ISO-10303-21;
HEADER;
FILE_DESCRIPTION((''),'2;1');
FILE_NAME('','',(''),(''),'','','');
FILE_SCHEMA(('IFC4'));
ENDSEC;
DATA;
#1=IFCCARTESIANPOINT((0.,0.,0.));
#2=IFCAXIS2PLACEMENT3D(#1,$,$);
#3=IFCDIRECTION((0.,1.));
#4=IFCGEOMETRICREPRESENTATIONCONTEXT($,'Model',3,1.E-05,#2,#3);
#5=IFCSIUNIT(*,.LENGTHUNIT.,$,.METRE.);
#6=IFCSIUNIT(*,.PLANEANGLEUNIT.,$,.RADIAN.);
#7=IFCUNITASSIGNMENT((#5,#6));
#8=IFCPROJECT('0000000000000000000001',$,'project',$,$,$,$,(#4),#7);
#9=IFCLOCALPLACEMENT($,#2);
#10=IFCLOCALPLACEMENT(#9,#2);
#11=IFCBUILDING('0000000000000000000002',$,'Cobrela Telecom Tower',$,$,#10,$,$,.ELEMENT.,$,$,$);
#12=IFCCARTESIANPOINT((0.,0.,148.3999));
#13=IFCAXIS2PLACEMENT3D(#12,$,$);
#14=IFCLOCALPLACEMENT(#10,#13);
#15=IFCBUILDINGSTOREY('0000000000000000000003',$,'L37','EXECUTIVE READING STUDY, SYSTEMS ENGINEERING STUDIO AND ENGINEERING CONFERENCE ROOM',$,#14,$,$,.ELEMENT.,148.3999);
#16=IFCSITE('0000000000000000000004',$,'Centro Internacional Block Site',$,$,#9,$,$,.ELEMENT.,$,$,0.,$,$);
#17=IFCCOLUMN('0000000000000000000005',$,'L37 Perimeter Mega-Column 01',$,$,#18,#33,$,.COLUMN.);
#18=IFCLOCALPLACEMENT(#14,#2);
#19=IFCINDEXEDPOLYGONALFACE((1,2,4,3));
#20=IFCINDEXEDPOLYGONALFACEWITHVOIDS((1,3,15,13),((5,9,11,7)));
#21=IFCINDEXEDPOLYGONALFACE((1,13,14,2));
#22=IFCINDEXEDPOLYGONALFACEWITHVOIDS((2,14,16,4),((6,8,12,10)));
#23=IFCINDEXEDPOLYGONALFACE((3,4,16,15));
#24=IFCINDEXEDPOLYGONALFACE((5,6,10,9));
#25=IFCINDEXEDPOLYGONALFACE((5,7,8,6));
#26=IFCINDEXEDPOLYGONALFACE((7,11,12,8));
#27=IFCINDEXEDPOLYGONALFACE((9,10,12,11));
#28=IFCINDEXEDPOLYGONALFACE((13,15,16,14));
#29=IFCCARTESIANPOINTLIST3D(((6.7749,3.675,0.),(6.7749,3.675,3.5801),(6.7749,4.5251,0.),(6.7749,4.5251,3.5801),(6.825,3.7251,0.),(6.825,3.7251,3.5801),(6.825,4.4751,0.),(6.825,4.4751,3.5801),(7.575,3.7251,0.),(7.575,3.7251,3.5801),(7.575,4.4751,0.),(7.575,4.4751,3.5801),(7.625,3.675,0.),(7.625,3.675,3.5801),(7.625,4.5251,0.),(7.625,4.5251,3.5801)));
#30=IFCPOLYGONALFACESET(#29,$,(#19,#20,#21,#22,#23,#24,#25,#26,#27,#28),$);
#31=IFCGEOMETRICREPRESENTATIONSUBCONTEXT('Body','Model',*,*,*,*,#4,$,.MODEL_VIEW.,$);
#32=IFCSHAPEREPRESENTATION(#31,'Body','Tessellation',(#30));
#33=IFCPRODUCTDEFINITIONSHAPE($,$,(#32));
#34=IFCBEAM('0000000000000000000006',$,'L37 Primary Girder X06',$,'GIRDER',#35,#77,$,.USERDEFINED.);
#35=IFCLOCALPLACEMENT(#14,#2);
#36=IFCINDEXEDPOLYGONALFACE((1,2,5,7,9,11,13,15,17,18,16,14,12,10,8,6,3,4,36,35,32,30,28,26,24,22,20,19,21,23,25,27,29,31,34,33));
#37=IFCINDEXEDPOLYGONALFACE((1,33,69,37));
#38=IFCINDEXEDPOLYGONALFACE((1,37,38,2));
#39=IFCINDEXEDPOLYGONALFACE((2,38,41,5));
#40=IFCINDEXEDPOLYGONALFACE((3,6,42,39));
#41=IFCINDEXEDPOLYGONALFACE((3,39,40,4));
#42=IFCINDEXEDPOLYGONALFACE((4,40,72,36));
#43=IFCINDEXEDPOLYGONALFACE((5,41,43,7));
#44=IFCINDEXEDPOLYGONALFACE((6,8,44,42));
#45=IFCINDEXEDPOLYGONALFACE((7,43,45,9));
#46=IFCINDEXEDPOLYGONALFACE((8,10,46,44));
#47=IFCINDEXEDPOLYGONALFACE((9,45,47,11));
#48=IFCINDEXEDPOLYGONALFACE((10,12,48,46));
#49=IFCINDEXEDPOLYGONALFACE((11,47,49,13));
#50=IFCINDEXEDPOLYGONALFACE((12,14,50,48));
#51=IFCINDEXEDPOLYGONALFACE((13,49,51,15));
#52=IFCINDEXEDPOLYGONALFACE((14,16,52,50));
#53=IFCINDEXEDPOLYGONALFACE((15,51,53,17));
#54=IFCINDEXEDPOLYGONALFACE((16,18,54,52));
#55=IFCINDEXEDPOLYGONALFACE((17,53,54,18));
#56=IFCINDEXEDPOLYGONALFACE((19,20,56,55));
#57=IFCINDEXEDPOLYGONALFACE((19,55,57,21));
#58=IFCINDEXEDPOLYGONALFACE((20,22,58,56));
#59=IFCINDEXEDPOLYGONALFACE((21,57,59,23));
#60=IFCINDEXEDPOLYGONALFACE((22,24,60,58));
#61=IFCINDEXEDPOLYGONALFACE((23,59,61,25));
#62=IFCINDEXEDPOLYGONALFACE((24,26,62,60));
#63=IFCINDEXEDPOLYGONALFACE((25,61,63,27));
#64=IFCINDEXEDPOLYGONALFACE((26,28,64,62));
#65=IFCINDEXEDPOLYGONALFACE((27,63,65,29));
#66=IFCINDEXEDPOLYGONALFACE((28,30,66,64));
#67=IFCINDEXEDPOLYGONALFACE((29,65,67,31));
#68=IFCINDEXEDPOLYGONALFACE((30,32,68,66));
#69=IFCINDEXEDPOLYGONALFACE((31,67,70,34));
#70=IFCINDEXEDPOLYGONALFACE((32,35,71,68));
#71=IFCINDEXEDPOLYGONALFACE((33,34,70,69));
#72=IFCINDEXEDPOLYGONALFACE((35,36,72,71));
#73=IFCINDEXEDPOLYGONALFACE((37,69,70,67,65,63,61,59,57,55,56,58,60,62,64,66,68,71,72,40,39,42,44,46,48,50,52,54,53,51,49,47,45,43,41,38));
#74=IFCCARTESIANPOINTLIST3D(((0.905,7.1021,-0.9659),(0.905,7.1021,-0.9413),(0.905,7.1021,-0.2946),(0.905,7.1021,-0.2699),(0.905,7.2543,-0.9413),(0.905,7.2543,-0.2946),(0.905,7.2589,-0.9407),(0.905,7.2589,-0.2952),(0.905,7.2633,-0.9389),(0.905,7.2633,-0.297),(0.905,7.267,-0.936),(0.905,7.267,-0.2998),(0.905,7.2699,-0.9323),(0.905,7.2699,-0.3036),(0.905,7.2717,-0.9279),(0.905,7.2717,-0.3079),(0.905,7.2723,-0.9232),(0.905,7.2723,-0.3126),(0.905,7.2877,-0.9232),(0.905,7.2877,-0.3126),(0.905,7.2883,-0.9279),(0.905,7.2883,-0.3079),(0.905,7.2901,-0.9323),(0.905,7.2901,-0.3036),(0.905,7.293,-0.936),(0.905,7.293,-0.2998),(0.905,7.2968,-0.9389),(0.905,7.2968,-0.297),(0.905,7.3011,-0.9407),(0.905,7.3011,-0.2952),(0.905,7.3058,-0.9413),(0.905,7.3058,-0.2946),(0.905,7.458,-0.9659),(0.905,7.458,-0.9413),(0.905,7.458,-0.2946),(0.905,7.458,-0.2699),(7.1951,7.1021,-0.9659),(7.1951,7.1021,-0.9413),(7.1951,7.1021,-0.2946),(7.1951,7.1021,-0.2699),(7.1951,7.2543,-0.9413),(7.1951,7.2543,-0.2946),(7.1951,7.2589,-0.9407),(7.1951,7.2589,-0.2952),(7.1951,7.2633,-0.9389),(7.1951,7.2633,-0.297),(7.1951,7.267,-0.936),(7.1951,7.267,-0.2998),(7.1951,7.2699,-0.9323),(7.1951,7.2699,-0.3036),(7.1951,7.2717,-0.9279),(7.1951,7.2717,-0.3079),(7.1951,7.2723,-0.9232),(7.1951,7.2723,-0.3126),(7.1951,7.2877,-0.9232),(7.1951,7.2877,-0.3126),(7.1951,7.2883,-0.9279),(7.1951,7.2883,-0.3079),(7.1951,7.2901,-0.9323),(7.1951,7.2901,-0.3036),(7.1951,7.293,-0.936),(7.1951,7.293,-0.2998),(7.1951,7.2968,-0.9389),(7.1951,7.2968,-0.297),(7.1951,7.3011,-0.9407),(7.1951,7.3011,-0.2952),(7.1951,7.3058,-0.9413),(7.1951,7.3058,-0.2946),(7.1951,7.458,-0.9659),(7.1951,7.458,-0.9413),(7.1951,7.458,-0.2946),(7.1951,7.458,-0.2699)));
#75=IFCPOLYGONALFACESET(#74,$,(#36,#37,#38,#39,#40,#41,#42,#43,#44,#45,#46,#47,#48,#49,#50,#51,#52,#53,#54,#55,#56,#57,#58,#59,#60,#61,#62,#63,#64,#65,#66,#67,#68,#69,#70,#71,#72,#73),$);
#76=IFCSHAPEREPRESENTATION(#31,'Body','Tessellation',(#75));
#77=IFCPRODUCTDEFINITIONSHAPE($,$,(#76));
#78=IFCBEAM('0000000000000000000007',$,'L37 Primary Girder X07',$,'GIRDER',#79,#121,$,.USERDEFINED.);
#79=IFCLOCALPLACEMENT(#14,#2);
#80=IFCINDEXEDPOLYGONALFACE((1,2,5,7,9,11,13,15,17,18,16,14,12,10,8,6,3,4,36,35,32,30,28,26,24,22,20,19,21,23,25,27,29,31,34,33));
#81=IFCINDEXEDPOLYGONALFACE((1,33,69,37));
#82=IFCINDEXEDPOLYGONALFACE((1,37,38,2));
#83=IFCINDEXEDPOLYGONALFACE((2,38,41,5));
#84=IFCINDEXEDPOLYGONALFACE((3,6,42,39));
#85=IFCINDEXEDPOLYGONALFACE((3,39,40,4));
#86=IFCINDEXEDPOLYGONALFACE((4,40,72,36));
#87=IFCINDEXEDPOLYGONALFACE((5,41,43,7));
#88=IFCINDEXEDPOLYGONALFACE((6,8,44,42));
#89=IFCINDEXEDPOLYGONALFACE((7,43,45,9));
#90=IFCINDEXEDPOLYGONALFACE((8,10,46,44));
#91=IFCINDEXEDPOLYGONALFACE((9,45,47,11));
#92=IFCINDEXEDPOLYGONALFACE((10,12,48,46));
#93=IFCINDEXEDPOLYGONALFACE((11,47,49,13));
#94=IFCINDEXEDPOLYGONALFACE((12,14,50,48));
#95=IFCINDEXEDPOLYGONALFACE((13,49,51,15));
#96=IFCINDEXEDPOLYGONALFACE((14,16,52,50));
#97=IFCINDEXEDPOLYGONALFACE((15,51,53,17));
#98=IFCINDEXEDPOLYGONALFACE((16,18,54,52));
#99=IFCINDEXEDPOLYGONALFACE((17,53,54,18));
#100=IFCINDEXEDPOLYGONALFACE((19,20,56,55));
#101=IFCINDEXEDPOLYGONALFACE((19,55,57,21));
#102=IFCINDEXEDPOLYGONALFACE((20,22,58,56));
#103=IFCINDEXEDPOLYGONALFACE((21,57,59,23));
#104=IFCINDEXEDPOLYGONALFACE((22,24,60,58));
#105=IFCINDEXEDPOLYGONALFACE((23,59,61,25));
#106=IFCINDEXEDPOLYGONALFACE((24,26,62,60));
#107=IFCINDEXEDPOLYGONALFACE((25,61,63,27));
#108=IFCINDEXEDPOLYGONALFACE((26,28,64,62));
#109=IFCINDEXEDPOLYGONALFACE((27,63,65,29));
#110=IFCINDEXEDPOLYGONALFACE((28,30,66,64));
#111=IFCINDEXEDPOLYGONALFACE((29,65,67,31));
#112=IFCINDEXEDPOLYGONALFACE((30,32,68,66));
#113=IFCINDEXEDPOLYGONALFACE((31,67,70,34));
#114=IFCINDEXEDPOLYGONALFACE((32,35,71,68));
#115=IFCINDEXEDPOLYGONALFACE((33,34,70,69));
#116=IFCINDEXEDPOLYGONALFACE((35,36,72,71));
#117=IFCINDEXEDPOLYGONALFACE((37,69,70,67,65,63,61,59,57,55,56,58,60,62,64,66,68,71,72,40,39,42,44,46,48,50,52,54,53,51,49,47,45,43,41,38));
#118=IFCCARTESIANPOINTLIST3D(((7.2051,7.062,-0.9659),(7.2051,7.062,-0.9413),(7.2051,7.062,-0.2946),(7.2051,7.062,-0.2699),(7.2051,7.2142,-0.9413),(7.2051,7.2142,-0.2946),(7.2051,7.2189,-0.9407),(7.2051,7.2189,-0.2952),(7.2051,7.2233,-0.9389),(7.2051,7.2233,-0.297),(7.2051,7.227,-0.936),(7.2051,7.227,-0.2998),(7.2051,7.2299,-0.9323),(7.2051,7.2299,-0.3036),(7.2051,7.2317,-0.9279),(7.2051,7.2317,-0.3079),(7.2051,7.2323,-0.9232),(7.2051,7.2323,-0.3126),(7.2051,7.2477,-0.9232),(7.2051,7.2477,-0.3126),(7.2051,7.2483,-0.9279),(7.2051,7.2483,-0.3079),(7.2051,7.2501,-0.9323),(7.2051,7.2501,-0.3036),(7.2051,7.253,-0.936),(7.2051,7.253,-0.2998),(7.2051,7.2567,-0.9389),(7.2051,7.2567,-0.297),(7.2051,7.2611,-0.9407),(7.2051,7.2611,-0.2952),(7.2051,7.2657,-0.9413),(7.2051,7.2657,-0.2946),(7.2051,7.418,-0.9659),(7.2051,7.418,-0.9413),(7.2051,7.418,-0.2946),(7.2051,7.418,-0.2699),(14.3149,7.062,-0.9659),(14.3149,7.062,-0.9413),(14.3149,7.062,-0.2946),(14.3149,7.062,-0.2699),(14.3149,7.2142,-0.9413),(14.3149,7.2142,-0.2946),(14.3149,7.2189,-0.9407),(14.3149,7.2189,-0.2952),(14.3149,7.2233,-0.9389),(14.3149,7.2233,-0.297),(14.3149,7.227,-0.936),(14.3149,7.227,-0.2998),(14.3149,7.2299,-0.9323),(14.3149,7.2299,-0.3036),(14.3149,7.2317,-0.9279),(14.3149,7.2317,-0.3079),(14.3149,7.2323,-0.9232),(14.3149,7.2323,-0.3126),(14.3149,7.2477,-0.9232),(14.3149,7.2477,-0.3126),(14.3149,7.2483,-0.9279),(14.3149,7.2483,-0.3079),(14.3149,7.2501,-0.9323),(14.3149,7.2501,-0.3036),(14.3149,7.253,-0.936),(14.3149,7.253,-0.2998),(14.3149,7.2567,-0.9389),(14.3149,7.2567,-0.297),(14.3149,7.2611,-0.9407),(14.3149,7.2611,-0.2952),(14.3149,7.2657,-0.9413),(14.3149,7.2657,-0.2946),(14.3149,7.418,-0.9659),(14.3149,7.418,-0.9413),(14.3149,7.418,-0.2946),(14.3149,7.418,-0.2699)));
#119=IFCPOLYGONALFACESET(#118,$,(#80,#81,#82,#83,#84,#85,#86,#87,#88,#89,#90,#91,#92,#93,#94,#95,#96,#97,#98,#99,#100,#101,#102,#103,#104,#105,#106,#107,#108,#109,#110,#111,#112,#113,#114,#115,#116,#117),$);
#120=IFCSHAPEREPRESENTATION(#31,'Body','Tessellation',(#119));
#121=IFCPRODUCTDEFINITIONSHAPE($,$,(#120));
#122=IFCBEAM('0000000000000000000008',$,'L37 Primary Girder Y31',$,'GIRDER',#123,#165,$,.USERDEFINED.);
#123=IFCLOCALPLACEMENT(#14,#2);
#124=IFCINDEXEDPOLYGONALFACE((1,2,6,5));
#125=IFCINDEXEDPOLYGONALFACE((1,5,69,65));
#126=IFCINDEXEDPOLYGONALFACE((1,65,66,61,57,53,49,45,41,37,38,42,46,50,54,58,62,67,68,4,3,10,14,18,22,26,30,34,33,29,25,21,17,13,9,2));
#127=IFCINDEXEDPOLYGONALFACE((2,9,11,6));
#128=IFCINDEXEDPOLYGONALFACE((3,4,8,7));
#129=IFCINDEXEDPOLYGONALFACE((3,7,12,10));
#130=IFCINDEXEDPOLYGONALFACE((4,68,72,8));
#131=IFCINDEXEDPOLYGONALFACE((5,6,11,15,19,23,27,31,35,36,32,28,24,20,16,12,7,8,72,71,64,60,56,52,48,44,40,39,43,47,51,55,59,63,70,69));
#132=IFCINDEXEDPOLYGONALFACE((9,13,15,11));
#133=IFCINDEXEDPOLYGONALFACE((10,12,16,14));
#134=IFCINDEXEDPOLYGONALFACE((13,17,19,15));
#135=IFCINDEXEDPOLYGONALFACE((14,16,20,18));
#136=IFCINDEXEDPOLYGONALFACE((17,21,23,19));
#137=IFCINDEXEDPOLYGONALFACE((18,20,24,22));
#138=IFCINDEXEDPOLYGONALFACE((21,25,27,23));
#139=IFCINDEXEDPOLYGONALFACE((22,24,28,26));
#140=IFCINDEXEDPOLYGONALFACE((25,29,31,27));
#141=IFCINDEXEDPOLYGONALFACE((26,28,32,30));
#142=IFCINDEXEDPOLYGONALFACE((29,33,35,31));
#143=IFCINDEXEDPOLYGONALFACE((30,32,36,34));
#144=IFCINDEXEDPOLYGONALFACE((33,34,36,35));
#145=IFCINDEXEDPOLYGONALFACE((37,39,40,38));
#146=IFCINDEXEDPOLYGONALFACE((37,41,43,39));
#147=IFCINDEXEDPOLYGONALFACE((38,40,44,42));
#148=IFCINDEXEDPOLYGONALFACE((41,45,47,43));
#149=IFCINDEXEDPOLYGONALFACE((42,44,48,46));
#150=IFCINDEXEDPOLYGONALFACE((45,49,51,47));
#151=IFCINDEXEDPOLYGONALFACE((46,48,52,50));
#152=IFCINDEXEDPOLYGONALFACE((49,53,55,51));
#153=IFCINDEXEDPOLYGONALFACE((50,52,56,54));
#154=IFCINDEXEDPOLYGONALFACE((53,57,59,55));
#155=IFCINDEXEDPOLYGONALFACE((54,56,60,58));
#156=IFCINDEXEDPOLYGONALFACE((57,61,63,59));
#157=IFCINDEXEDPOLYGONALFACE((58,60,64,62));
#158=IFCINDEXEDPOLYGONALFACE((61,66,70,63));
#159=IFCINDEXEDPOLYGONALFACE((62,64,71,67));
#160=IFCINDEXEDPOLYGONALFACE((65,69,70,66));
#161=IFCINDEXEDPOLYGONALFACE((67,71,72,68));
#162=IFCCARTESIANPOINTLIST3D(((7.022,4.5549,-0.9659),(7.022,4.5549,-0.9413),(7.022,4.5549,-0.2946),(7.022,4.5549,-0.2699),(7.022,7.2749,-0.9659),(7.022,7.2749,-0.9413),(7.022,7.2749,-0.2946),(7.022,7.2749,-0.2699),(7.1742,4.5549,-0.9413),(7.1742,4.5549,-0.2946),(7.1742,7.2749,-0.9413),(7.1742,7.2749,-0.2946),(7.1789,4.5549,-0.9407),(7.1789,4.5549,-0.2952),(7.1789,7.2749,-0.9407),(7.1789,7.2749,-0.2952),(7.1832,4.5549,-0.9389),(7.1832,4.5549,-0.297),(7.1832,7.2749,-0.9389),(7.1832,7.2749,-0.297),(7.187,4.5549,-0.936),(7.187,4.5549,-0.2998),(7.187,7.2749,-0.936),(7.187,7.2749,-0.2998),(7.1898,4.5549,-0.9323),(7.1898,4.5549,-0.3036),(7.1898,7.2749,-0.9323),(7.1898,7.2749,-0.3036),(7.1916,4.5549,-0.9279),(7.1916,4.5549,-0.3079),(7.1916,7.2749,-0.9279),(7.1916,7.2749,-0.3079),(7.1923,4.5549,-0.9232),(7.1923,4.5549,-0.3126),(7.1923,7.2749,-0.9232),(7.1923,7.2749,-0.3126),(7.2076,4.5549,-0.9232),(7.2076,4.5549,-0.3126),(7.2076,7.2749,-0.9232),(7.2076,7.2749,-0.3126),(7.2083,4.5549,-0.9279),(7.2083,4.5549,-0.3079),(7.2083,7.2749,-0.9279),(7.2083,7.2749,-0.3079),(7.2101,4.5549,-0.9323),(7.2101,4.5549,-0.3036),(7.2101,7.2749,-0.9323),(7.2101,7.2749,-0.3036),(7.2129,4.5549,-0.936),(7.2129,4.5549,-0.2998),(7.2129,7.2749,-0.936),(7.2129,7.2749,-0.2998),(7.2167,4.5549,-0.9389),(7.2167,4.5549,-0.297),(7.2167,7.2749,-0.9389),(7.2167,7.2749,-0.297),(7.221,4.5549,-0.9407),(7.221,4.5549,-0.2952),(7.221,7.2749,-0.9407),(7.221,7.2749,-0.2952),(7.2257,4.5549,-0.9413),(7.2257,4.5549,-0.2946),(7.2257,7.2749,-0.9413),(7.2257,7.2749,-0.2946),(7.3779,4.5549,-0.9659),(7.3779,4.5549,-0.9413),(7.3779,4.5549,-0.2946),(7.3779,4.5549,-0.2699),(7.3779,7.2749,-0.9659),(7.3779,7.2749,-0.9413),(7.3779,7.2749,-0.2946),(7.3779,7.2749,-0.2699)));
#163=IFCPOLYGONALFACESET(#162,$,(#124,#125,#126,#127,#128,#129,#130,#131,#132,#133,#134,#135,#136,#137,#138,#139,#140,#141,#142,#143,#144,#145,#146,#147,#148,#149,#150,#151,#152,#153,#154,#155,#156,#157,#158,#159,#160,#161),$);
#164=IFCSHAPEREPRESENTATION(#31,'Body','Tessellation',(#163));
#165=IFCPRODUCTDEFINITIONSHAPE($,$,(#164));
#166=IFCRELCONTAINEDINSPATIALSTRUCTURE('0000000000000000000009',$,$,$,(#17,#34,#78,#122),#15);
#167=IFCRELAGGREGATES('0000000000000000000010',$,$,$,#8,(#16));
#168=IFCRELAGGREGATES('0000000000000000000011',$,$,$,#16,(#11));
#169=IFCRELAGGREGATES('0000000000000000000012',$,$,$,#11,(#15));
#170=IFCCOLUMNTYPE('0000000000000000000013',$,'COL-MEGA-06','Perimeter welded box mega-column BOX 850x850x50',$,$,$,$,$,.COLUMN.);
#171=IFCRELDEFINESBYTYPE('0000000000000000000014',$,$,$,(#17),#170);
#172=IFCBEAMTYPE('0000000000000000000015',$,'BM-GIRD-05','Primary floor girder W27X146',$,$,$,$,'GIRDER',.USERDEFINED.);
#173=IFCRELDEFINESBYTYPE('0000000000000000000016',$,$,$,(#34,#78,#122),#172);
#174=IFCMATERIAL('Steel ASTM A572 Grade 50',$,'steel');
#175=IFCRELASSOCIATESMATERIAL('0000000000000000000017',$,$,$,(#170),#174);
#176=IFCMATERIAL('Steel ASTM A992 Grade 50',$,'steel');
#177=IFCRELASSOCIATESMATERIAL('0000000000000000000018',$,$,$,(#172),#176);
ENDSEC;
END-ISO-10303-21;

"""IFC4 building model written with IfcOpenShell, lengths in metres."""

from ifc_helpers import new_model, si_unit, direction, frame, origin, origin_2d, place, context, subcontext, project, spatial, hollow_rectangle, i_section, extrude, material, material_profile, profile_set, type_object, element, save


model = new_model("IFC4")

# Units and contexts
model_context = context("Model", 3, precision=1e-05, world=origin(), true_north=direction((0.0, 1.0)))
body_context = subcontext(model_context, "Body", "Model", "MODEL_VIEW")
ifc_project = project(units=[si_unit("LENGTHUNIT", "METRE"), si_unit("PLANEANGLEUNIT", "RADIAN")], contexts=[model_context])

# Site, building, storey
site_placement = place(None, origin())
site = spatial("IfcSite", under=ifc_project, at=site_placement, Name="Centro Internacional Block Site", CompositionType="ELEMENT", RefElevation=0.0)
building_placement = place(site_placement, origin())
building = spatial("IfcBuilding", under=site, at=building_placement, Name="Cobrela Telecom Tower", CompositionType="ELEMENT")
storey_placement = place(building_placement, frame((0.0, 0.0, 148.3999)))
storey = spatial("IfcBuildingStorey", under=building, at=storey_placement, Name="L37", Description="EXECUTIVE READING STUDY, SYSTEMS ENGINEERING STUDIO AND ENGINEERING CONFERENCE ROOM", CompositionType="ELEMENT", Elevation=148.3999)

# Column
ifc_material_1 = material(Name="Steel ASTM A572 Grade 50", Category="steel")
ifc_material_profile_1 = material_profile(ifc_material_1, hollow_rectangle(XDim=0.8501, YDim=0.8501, WallThickness=0.05, at=origin_2d()), Name="BOX 850x850x50")
ifc_profile_set_1 = profile_set([ifc_material_profile_1], Name="Steel ASTM A572 Grade 50")
column_type = type_object("IfcColumnType", Name="COL-MEGA-06", Description="Perimeter welded box mega-column BOX 850x850x50", PredefinedType="COLUMN", material=ifc_profile_set_1)
column_placement = place(storey_placement, frame((7.2, 4.1001, 0.0), z_axis=(0.0, 0.0, 1.0), x_axis=(1.0, 0.0, 0.0)))
element("IfcColumn", 1, at=column_placement, inside=storey, type_object=column_type, Name="L37 Perimeter Mega-Column 01", PredefinedType="COLUMN", context=body_context, shape_type="SweptSolid", body=[
    extrude(hollow_rectangle(XDim=0.8501, YDim=0.8501, WallThickness=0.05, at=origin_2d()), origin(), (0.0, 0.0, 1.0), 3.5801),
])

# Beams
ifc_material_2 = material(Name="Steel ASTM A992 Grade 50", Category="steel")
ifc_material_profile_2 = material_profile(ifc_material_2, i_section(OverallWidth=0.356, OverallDepth=0.696, WebThickness=0.0154, FlangeThickness=0.0247, FilletRadius=0.0181, at=origin_2d()), Name="W27X146")
ifc_profile_set_2 = profile_set([ifc_material_profile_2], Name="Steel ASTM A992 Grade 50")
beam_type_1 = type_object("IfcBeamType", Name="BM-GIRD-05", Description="Primary floor girder W27X146", ElementType="GIRDER", PredefinedType="USERDEFINED", material=ifc_profile_set_2)
beam_1_placement = place(storey_placement, frame((0.905, 7.28, -0.6179), z_axis=(1.0, 0.0, 0.0), x_axis=(0.0, 1.0, 0.0)))
element("IfcBeam", 2, at=beam_1_placement, inside=storey, type_object=beam_type_1, Name="L37 Primary Girder X06", ObjectType="GIRDER", PredefinedType="USERDEFINED", context=body_context, shape_type="SweptSolid", body=[
    extrude(i_section(OverallWidth=0.356, OverallDepth=0.696, WebThickness=0.0154, FlangeThickness=0.0247, FilletRadius=0.0181, at=origin_2d()), origin(), (0.0, 0.0, 1.0), 6.29),
])
beam_2_placement = place(storey_placement, frame((7.2051, 7.24, -0.6179), z_axis=(1.0, 0.0, 0.0), x_axis=(0.0, 1.0, 0.0)))
element("IfcBeam", 3, at=beam_2_placement, inside=storey, type_object=beam_type_1, Name="L37 Primary Girder X07", ObjectType="GIRDER", PredefinedType="USERDEFINED", context=body_context, shape_type="SweptSolid", body=[
    extrude(i_section(OverallWidth=0.356, OverallDepth=0.696, WebThickness=0.0154, FlangeThickness=0.0247, FilletRadius=0.0181, at=origin_2d()), origin(), (0.0, 0.0, 1.0), 7.1099),
])
beam_3_placement = place(storey_placement, frame((7.2, 4.5549, -0.6179), z_axis=(0.0, 1.0, 0.0), x_axis=(-1.0, 0.0, 0.0)))
element("IfcBeam", 4, at=beam_3_placement, inside=storey, type_object=beam_type_1, Name="L37 Primary Girder Y31", ObjectType="GIRDER", PredefinedType="USERDEFINED", context=body_context, shape_type="SweptSolid", body=[
    extrude(i_section(OverallWidth=0.356, OverallDepth=0.696, WebThickness=0.0154, FlangeThickness=0.0247, FilletRadius=0.0181, at=origin_2d()), origin(), (0.0, 0.0, 1.0), 2.72),
])

save(model, "model.ifc")
